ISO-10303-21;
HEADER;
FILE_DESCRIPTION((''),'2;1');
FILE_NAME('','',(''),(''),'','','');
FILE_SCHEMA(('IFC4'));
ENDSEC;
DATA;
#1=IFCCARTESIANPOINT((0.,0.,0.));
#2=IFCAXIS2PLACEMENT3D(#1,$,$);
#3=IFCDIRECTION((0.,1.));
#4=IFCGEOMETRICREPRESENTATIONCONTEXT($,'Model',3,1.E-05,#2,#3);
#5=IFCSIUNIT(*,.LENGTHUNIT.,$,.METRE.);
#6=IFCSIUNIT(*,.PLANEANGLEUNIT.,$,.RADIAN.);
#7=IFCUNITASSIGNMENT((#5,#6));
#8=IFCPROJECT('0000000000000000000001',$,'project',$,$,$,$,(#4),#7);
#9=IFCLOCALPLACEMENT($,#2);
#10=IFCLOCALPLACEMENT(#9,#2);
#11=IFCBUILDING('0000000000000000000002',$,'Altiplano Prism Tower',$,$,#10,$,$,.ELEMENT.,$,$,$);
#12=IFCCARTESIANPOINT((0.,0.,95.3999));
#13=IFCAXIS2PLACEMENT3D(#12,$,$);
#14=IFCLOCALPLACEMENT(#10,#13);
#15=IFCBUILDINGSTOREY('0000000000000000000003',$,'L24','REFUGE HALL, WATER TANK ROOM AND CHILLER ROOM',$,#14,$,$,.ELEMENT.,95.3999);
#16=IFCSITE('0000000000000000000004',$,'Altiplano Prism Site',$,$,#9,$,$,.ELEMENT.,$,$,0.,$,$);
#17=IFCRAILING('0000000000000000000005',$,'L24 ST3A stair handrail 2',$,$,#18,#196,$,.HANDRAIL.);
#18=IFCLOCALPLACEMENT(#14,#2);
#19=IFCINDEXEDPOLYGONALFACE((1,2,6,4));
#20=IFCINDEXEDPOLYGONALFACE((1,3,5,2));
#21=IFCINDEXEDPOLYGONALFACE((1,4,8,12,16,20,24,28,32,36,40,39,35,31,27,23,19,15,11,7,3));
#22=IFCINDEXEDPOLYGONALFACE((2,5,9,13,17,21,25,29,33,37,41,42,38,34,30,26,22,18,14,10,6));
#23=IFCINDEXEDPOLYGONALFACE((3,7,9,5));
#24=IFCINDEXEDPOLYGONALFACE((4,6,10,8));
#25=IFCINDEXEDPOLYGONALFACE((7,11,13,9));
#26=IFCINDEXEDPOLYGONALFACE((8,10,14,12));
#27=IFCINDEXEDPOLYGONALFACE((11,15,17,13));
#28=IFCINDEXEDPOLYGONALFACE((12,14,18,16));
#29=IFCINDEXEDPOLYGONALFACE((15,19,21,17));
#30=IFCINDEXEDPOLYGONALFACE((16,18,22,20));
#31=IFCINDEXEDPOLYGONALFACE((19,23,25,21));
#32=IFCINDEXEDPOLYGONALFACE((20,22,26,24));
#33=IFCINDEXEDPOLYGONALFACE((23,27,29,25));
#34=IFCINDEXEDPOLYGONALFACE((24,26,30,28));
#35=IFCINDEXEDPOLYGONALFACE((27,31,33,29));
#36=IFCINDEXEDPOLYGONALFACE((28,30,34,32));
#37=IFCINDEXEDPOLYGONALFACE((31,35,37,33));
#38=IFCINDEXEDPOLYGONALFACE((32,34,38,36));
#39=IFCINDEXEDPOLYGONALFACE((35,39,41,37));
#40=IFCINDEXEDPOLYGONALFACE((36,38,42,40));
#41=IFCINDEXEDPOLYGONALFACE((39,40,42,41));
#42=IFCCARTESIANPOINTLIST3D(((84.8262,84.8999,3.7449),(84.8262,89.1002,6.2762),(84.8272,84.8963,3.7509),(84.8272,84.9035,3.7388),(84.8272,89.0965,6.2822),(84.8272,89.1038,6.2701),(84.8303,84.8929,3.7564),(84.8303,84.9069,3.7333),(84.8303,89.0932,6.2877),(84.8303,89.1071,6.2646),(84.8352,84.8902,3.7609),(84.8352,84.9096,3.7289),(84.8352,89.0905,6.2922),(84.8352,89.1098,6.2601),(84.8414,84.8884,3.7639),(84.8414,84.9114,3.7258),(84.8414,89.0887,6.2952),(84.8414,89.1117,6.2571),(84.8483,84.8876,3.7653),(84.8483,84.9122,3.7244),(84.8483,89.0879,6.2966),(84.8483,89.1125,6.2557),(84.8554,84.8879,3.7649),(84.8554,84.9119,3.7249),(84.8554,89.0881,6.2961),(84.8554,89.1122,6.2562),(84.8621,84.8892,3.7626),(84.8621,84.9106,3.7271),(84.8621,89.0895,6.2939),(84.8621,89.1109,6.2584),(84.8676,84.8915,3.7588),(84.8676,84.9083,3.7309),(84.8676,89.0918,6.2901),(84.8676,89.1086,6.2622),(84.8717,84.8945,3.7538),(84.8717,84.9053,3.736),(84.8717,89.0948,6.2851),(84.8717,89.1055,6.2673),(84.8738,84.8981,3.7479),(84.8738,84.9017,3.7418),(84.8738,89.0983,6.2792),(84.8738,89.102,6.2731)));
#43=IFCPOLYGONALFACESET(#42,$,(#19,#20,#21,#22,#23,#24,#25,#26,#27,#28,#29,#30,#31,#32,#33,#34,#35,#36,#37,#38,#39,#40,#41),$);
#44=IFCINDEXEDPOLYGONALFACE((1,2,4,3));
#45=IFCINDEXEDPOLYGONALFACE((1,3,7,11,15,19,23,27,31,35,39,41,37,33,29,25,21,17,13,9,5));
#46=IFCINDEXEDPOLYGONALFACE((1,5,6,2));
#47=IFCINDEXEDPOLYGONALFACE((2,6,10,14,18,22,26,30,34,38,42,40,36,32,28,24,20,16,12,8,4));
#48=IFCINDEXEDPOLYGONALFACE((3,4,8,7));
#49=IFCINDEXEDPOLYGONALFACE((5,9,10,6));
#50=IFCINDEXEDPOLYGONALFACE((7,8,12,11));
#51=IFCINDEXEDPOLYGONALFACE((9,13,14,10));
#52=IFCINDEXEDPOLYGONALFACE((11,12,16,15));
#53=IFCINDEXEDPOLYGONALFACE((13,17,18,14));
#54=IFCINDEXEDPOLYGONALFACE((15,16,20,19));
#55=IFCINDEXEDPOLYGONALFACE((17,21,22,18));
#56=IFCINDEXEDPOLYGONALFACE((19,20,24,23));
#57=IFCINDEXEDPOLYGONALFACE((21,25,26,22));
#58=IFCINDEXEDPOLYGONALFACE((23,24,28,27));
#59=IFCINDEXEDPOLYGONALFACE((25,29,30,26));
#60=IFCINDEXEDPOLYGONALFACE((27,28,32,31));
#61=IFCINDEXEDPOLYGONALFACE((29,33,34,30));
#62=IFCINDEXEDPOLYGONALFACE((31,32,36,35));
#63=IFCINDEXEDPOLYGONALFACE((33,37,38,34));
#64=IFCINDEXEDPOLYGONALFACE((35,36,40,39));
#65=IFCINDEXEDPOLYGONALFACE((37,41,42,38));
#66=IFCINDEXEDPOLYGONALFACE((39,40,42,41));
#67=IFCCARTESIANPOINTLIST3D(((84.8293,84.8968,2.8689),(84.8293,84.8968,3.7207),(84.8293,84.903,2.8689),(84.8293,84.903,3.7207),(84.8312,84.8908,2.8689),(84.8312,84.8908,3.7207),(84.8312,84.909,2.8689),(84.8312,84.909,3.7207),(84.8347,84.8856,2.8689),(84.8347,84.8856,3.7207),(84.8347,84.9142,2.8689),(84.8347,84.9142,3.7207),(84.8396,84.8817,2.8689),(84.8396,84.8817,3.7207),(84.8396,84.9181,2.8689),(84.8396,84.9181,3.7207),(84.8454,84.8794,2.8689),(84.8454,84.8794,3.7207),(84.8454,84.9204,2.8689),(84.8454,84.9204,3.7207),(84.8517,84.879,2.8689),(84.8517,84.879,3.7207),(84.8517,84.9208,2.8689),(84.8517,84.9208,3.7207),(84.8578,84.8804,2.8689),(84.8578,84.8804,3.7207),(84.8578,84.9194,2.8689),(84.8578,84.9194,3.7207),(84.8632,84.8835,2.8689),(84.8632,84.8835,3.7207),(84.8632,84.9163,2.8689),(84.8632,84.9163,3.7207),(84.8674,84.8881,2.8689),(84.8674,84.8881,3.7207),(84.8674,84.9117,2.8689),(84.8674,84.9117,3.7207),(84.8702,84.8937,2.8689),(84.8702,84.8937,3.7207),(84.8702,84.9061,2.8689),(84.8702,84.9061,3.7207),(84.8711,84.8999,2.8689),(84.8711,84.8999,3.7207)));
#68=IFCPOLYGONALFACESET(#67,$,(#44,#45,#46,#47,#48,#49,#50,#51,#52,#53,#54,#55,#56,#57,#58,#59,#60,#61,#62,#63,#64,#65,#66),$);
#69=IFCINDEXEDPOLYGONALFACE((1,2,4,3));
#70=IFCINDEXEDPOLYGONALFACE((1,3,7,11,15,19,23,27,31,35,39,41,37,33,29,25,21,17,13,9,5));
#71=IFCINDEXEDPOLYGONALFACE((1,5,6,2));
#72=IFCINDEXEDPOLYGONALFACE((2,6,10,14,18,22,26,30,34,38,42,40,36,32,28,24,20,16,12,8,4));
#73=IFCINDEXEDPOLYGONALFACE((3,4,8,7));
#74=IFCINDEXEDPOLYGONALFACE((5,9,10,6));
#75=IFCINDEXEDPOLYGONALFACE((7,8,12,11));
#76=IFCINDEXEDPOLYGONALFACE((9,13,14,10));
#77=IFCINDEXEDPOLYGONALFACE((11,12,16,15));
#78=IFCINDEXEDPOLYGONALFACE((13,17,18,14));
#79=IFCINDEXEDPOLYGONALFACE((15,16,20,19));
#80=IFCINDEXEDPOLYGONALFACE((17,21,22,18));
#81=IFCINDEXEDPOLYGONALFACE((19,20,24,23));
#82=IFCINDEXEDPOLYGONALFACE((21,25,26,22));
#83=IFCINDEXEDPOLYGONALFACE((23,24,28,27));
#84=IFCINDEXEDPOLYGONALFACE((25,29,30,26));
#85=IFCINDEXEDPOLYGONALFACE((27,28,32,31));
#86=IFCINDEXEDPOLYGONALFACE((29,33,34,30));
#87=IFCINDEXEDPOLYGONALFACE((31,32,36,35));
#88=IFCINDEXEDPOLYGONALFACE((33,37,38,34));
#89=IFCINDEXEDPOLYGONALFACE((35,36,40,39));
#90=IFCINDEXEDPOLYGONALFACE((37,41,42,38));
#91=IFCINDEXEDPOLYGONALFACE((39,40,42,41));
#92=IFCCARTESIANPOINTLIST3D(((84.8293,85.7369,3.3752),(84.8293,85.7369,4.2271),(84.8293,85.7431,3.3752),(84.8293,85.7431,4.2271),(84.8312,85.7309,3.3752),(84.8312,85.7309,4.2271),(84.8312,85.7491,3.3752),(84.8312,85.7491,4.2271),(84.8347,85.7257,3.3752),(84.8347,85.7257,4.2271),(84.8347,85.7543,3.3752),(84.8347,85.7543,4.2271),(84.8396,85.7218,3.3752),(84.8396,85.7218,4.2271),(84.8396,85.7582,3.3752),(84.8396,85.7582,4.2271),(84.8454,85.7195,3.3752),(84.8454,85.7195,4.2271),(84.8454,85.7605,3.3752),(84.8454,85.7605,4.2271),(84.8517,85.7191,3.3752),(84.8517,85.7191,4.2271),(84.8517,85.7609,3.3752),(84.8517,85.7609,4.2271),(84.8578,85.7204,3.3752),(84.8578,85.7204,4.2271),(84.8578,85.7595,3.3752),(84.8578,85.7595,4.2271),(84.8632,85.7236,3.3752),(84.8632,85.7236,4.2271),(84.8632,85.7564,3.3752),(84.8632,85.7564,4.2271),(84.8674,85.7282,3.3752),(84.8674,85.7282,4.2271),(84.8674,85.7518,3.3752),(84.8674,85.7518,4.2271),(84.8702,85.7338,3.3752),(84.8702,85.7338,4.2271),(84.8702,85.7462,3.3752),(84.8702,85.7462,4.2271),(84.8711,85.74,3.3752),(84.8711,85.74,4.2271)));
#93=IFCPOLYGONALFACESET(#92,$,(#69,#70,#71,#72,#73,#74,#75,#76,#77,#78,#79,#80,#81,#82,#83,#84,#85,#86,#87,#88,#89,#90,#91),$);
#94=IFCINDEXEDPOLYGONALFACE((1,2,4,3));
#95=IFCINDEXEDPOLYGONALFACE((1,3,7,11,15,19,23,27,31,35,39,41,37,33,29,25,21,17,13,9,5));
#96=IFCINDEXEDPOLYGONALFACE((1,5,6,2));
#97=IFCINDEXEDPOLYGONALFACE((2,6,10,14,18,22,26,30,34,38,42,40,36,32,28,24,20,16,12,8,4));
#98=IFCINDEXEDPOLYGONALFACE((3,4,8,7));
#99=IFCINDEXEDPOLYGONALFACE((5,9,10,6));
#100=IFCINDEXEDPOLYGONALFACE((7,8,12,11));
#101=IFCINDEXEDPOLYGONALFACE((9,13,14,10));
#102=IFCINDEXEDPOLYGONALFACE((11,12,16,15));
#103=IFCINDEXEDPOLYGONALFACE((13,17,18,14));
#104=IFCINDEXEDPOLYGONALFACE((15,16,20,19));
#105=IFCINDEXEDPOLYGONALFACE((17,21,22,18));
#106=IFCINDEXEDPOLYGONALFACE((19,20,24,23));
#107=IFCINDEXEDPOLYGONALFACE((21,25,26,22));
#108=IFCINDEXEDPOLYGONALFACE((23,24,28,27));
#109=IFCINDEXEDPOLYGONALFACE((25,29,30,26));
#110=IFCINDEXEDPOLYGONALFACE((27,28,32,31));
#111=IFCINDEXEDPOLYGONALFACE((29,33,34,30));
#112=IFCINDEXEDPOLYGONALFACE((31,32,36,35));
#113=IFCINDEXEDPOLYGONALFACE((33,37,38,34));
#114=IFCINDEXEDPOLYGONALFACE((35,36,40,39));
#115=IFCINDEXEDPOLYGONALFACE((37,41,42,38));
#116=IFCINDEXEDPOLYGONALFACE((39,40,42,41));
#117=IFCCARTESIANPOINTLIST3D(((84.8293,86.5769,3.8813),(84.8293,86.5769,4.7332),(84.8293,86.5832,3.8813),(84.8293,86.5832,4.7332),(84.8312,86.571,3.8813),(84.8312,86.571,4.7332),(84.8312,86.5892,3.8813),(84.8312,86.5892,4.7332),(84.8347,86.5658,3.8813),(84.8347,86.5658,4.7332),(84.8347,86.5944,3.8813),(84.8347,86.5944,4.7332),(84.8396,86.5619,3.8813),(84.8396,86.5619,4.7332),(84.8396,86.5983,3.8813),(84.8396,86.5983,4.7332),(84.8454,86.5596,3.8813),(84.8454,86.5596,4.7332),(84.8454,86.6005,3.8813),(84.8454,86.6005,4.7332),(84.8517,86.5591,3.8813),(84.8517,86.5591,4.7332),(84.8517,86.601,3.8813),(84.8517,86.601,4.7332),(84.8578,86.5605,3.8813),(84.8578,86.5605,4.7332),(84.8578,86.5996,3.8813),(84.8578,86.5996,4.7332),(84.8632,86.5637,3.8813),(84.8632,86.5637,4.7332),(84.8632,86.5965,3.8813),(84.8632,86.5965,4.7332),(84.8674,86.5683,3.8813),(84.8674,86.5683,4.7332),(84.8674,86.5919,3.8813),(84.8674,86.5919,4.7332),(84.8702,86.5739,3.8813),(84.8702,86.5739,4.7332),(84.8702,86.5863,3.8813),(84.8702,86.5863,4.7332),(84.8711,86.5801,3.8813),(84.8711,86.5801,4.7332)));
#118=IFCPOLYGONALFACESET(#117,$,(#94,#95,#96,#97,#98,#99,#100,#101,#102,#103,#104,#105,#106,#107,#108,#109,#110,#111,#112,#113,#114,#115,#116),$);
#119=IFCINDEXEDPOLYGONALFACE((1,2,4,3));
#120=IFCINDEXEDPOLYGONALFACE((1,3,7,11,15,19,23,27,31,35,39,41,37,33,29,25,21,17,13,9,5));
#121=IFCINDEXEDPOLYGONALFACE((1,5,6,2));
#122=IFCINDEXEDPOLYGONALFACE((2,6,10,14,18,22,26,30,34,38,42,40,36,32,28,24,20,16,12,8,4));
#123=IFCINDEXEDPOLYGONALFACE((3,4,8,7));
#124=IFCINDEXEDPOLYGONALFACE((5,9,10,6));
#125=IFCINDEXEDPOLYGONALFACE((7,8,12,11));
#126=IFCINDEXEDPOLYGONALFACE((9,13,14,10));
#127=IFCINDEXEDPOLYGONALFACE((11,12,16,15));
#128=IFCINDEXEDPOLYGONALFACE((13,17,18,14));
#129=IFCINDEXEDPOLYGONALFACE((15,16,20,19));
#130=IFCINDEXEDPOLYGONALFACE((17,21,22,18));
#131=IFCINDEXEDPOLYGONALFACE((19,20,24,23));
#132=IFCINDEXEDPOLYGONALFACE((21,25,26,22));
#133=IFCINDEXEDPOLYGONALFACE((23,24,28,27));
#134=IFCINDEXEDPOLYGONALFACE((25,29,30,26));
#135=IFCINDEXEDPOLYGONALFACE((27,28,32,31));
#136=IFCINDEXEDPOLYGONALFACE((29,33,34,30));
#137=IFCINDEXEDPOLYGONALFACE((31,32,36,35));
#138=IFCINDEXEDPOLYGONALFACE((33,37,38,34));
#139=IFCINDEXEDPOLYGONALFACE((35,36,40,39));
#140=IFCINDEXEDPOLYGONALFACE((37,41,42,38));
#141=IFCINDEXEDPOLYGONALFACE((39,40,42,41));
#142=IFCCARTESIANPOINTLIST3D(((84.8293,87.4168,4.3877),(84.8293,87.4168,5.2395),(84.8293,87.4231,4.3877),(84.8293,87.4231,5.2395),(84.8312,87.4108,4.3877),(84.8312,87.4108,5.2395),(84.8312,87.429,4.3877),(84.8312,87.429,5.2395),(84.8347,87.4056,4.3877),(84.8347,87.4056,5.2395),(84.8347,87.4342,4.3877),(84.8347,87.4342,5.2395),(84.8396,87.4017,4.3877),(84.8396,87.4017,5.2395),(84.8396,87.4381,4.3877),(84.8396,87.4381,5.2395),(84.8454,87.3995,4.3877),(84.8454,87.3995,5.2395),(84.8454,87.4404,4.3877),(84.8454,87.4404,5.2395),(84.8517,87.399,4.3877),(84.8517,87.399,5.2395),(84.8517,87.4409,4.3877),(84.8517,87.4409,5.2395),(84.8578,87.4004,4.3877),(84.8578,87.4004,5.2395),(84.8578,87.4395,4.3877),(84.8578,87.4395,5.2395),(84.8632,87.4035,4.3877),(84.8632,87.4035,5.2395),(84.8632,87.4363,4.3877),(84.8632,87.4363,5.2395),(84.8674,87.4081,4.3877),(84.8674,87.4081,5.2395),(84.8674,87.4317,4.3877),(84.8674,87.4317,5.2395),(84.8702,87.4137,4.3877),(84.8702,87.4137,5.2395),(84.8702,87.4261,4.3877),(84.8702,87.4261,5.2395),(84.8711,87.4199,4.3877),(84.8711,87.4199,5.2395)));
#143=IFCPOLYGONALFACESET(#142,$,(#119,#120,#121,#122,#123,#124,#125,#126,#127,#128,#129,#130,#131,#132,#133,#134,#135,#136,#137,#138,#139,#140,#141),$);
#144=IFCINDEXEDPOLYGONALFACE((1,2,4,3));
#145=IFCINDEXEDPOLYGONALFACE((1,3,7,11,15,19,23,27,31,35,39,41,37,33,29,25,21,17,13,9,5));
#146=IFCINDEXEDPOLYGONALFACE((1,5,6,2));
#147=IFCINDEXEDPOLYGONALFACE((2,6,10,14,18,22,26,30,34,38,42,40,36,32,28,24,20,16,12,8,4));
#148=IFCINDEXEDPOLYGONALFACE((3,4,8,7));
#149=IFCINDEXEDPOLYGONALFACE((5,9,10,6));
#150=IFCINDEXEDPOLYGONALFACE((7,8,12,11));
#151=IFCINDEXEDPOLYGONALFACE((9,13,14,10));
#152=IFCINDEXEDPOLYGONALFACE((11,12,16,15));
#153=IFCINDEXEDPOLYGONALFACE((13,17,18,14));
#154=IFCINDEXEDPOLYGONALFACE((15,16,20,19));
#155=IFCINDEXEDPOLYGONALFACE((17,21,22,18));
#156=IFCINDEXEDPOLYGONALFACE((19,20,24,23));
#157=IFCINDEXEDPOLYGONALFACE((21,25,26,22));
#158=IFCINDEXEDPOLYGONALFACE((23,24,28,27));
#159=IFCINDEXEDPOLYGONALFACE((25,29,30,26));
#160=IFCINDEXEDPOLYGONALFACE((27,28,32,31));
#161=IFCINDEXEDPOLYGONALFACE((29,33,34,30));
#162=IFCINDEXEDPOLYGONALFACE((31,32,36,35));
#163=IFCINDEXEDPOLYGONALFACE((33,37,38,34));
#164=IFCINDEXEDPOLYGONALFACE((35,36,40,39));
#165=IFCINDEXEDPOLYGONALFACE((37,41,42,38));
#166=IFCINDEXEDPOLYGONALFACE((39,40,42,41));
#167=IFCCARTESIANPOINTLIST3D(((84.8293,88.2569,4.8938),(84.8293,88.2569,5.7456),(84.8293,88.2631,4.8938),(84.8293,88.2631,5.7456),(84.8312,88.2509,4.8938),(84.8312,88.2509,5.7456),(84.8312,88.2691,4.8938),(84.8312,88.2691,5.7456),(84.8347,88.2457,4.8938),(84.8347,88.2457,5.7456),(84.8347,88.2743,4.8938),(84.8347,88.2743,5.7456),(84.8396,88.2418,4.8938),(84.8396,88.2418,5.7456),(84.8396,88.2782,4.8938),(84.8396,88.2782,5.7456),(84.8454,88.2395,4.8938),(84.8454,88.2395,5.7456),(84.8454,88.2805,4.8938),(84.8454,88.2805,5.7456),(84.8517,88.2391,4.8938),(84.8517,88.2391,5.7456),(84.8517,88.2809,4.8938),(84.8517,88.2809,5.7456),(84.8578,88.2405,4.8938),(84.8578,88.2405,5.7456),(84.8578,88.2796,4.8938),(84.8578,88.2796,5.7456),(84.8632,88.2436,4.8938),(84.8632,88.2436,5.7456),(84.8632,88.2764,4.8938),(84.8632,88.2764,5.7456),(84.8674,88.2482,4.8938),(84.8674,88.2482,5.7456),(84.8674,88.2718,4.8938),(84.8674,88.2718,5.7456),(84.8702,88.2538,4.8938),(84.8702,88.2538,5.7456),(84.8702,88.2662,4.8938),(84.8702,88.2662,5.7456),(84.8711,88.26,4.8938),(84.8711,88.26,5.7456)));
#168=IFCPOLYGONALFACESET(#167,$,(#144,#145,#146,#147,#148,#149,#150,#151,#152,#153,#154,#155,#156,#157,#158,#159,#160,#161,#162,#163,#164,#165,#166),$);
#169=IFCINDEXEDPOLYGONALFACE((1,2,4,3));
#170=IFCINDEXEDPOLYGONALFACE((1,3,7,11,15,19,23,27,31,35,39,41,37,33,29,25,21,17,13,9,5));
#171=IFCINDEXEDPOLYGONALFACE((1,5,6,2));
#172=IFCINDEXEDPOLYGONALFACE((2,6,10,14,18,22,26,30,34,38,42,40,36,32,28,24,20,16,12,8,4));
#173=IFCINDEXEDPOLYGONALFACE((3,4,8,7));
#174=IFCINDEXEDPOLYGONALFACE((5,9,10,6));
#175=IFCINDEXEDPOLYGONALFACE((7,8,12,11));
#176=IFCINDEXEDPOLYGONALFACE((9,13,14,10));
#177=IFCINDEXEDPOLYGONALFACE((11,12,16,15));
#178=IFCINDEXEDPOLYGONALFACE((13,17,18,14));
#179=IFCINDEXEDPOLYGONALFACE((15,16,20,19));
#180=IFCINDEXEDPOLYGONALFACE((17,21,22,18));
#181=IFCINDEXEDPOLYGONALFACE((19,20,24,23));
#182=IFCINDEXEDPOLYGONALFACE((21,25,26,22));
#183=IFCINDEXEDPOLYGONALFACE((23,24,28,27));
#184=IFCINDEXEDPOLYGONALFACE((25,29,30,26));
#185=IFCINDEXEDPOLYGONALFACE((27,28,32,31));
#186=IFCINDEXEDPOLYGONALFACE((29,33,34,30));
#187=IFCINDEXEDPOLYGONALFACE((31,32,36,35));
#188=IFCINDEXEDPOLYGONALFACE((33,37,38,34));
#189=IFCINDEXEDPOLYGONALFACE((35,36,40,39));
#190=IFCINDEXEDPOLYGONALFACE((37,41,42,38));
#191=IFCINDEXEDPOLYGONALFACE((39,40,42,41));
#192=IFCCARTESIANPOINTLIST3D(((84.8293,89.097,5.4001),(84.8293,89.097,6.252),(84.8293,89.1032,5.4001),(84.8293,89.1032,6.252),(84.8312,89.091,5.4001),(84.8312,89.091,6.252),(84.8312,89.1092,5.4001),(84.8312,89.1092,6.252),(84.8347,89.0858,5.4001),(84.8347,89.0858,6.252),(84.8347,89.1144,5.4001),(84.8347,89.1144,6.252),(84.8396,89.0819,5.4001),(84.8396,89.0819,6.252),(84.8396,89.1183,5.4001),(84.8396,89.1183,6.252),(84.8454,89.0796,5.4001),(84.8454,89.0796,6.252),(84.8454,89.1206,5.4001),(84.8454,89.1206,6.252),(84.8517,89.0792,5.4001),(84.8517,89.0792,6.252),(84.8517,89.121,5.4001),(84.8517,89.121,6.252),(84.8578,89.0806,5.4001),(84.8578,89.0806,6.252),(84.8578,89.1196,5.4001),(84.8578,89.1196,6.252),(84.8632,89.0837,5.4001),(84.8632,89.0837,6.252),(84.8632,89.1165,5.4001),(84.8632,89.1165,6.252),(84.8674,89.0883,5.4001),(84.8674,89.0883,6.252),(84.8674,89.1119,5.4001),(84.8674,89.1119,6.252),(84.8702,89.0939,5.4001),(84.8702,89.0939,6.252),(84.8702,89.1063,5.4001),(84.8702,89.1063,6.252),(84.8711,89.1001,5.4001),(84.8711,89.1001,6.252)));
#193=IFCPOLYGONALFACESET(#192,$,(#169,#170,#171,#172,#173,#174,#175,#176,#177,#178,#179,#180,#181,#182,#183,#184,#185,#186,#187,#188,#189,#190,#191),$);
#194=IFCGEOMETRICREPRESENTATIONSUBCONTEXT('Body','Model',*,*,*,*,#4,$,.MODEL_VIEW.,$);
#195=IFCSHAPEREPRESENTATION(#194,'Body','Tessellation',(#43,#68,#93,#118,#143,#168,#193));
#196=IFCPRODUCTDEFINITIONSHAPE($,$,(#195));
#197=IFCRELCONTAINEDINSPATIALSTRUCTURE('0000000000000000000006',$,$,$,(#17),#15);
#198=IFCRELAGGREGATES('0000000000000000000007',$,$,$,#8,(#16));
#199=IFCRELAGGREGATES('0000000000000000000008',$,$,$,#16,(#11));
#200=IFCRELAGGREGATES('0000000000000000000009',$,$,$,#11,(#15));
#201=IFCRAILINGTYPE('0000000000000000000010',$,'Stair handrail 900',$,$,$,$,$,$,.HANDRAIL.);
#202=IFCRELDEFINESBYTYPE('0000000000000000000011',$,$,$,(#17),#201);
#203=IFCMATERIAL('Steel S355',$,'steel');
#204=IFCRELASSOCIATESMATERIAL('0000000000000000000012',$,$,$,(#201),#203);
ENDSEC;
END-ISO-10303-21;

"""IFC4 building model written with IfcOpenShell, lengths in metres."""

from ifc_helpers import new_model, si_unit, direction, frame, origin, origin_2d, place, context, subcontext, project, spatial, circle, extrude, material, type_object, element, save


model = new_model("IFC4")

# Units and contexts
model_context = context("Model", 3, precision=1e-05, world=origin(), true_north=direction((0.0, 1.0)))
body_context = subcontext(model_context, "Body", "Model", "MODEL_VIEW")
ifc_project = project(units=[si_unit("LENGTHUNIT", "METRE"), si_unit("PLANEANGLEUNIT", "RADIAN")], contexts=[model_context])

# Site, building, storey
site_placement = place(None, origin())
site = spatial("IfcSite", under=ifc_project, at=site_placement, Name="Altiplano Prism Site", CompositionType="ELEMENT", RefElevation=0.0)
building_placement = place(site_placement, origin())
building = spatial("IfcBuilding", under=site, at=building_placement, Name="Altiplano Prism Tower", CompositionType="ELEMENT")
storey_placement = place(building_placement, frame((0.0, 0.0, 95.3999)))
storey = spatial("IfcBuildingStorey", under=building, at=storey_placement, Name="L24", Description="REFUGE HALL, WATER TANK ROOM AND CHILLER ROOM", CompositionType="ELEMENT", Elevation=95.3999)

# Shared definitions
ifc_material_1 = material(Name="Steel S355", Category="steel")

# Railing
railing_type = type_object("IfcRailingType", Name="Stair handrail 900", PredefinedType="HANDRAIL", material=ifc_material_1)
for number, where, name in (
    (1, (84.8501, 84.8999, 2.8689), "L24 ST3A stair handrail 2"),
):
    element("IfcRailing", number, at=place(storey_placement, frame(where)), inside=storey, type_object=railing_type, Name=name, PredefinedType="HANDRAIL", context=body_context, shape_type="SweptSolid", body=[
        extrude(circle(Radius=0.0239, at=origin_2d()), frame((0.0, 0.0, 0.876), z_axis=(0.0, 0.85649, 0.516164), x_axis=(-1.0, 0.0, 0.0)), (0.0, 0.0, 1.0), 4.9041),
        extrude(circle(Radius=0.021, at=origin_2d()), origin(), (0.0, 0.0, 1.0), 0.8518),
        extrude(circle(Radius=0.021, at=origin_2d()), frame((0.0, 0.8401, 0.5063)), (0.0, 0.0, 1.0), 0.8518),
        extrude(circle(Radius=0.021, at=origin_2d()), frame((0.0, 1.6802, 1.0125)), (0.0, 0.0, 1.0), 0.8518),
        extrude(circle(Radius=0.021, at=origin_2d()), frame((0.0, 2.52, 1.5188)), (0.0, 0.0, 1.0), 0.8518),
        extrude(circle(Radius=0.021, at=origin_2d()), frame((0.0, 3.3601, 2.0249)), (0.0, 0.0, 1.0), 0.8518),
        extrude(circle(Radius=0.021, at=origin_2d()), frame((0.0, 4.2002, 2.5312)), (0.0, 0.0, 1.0), 0.8518),
    ])

save(model, "model.ifc")
